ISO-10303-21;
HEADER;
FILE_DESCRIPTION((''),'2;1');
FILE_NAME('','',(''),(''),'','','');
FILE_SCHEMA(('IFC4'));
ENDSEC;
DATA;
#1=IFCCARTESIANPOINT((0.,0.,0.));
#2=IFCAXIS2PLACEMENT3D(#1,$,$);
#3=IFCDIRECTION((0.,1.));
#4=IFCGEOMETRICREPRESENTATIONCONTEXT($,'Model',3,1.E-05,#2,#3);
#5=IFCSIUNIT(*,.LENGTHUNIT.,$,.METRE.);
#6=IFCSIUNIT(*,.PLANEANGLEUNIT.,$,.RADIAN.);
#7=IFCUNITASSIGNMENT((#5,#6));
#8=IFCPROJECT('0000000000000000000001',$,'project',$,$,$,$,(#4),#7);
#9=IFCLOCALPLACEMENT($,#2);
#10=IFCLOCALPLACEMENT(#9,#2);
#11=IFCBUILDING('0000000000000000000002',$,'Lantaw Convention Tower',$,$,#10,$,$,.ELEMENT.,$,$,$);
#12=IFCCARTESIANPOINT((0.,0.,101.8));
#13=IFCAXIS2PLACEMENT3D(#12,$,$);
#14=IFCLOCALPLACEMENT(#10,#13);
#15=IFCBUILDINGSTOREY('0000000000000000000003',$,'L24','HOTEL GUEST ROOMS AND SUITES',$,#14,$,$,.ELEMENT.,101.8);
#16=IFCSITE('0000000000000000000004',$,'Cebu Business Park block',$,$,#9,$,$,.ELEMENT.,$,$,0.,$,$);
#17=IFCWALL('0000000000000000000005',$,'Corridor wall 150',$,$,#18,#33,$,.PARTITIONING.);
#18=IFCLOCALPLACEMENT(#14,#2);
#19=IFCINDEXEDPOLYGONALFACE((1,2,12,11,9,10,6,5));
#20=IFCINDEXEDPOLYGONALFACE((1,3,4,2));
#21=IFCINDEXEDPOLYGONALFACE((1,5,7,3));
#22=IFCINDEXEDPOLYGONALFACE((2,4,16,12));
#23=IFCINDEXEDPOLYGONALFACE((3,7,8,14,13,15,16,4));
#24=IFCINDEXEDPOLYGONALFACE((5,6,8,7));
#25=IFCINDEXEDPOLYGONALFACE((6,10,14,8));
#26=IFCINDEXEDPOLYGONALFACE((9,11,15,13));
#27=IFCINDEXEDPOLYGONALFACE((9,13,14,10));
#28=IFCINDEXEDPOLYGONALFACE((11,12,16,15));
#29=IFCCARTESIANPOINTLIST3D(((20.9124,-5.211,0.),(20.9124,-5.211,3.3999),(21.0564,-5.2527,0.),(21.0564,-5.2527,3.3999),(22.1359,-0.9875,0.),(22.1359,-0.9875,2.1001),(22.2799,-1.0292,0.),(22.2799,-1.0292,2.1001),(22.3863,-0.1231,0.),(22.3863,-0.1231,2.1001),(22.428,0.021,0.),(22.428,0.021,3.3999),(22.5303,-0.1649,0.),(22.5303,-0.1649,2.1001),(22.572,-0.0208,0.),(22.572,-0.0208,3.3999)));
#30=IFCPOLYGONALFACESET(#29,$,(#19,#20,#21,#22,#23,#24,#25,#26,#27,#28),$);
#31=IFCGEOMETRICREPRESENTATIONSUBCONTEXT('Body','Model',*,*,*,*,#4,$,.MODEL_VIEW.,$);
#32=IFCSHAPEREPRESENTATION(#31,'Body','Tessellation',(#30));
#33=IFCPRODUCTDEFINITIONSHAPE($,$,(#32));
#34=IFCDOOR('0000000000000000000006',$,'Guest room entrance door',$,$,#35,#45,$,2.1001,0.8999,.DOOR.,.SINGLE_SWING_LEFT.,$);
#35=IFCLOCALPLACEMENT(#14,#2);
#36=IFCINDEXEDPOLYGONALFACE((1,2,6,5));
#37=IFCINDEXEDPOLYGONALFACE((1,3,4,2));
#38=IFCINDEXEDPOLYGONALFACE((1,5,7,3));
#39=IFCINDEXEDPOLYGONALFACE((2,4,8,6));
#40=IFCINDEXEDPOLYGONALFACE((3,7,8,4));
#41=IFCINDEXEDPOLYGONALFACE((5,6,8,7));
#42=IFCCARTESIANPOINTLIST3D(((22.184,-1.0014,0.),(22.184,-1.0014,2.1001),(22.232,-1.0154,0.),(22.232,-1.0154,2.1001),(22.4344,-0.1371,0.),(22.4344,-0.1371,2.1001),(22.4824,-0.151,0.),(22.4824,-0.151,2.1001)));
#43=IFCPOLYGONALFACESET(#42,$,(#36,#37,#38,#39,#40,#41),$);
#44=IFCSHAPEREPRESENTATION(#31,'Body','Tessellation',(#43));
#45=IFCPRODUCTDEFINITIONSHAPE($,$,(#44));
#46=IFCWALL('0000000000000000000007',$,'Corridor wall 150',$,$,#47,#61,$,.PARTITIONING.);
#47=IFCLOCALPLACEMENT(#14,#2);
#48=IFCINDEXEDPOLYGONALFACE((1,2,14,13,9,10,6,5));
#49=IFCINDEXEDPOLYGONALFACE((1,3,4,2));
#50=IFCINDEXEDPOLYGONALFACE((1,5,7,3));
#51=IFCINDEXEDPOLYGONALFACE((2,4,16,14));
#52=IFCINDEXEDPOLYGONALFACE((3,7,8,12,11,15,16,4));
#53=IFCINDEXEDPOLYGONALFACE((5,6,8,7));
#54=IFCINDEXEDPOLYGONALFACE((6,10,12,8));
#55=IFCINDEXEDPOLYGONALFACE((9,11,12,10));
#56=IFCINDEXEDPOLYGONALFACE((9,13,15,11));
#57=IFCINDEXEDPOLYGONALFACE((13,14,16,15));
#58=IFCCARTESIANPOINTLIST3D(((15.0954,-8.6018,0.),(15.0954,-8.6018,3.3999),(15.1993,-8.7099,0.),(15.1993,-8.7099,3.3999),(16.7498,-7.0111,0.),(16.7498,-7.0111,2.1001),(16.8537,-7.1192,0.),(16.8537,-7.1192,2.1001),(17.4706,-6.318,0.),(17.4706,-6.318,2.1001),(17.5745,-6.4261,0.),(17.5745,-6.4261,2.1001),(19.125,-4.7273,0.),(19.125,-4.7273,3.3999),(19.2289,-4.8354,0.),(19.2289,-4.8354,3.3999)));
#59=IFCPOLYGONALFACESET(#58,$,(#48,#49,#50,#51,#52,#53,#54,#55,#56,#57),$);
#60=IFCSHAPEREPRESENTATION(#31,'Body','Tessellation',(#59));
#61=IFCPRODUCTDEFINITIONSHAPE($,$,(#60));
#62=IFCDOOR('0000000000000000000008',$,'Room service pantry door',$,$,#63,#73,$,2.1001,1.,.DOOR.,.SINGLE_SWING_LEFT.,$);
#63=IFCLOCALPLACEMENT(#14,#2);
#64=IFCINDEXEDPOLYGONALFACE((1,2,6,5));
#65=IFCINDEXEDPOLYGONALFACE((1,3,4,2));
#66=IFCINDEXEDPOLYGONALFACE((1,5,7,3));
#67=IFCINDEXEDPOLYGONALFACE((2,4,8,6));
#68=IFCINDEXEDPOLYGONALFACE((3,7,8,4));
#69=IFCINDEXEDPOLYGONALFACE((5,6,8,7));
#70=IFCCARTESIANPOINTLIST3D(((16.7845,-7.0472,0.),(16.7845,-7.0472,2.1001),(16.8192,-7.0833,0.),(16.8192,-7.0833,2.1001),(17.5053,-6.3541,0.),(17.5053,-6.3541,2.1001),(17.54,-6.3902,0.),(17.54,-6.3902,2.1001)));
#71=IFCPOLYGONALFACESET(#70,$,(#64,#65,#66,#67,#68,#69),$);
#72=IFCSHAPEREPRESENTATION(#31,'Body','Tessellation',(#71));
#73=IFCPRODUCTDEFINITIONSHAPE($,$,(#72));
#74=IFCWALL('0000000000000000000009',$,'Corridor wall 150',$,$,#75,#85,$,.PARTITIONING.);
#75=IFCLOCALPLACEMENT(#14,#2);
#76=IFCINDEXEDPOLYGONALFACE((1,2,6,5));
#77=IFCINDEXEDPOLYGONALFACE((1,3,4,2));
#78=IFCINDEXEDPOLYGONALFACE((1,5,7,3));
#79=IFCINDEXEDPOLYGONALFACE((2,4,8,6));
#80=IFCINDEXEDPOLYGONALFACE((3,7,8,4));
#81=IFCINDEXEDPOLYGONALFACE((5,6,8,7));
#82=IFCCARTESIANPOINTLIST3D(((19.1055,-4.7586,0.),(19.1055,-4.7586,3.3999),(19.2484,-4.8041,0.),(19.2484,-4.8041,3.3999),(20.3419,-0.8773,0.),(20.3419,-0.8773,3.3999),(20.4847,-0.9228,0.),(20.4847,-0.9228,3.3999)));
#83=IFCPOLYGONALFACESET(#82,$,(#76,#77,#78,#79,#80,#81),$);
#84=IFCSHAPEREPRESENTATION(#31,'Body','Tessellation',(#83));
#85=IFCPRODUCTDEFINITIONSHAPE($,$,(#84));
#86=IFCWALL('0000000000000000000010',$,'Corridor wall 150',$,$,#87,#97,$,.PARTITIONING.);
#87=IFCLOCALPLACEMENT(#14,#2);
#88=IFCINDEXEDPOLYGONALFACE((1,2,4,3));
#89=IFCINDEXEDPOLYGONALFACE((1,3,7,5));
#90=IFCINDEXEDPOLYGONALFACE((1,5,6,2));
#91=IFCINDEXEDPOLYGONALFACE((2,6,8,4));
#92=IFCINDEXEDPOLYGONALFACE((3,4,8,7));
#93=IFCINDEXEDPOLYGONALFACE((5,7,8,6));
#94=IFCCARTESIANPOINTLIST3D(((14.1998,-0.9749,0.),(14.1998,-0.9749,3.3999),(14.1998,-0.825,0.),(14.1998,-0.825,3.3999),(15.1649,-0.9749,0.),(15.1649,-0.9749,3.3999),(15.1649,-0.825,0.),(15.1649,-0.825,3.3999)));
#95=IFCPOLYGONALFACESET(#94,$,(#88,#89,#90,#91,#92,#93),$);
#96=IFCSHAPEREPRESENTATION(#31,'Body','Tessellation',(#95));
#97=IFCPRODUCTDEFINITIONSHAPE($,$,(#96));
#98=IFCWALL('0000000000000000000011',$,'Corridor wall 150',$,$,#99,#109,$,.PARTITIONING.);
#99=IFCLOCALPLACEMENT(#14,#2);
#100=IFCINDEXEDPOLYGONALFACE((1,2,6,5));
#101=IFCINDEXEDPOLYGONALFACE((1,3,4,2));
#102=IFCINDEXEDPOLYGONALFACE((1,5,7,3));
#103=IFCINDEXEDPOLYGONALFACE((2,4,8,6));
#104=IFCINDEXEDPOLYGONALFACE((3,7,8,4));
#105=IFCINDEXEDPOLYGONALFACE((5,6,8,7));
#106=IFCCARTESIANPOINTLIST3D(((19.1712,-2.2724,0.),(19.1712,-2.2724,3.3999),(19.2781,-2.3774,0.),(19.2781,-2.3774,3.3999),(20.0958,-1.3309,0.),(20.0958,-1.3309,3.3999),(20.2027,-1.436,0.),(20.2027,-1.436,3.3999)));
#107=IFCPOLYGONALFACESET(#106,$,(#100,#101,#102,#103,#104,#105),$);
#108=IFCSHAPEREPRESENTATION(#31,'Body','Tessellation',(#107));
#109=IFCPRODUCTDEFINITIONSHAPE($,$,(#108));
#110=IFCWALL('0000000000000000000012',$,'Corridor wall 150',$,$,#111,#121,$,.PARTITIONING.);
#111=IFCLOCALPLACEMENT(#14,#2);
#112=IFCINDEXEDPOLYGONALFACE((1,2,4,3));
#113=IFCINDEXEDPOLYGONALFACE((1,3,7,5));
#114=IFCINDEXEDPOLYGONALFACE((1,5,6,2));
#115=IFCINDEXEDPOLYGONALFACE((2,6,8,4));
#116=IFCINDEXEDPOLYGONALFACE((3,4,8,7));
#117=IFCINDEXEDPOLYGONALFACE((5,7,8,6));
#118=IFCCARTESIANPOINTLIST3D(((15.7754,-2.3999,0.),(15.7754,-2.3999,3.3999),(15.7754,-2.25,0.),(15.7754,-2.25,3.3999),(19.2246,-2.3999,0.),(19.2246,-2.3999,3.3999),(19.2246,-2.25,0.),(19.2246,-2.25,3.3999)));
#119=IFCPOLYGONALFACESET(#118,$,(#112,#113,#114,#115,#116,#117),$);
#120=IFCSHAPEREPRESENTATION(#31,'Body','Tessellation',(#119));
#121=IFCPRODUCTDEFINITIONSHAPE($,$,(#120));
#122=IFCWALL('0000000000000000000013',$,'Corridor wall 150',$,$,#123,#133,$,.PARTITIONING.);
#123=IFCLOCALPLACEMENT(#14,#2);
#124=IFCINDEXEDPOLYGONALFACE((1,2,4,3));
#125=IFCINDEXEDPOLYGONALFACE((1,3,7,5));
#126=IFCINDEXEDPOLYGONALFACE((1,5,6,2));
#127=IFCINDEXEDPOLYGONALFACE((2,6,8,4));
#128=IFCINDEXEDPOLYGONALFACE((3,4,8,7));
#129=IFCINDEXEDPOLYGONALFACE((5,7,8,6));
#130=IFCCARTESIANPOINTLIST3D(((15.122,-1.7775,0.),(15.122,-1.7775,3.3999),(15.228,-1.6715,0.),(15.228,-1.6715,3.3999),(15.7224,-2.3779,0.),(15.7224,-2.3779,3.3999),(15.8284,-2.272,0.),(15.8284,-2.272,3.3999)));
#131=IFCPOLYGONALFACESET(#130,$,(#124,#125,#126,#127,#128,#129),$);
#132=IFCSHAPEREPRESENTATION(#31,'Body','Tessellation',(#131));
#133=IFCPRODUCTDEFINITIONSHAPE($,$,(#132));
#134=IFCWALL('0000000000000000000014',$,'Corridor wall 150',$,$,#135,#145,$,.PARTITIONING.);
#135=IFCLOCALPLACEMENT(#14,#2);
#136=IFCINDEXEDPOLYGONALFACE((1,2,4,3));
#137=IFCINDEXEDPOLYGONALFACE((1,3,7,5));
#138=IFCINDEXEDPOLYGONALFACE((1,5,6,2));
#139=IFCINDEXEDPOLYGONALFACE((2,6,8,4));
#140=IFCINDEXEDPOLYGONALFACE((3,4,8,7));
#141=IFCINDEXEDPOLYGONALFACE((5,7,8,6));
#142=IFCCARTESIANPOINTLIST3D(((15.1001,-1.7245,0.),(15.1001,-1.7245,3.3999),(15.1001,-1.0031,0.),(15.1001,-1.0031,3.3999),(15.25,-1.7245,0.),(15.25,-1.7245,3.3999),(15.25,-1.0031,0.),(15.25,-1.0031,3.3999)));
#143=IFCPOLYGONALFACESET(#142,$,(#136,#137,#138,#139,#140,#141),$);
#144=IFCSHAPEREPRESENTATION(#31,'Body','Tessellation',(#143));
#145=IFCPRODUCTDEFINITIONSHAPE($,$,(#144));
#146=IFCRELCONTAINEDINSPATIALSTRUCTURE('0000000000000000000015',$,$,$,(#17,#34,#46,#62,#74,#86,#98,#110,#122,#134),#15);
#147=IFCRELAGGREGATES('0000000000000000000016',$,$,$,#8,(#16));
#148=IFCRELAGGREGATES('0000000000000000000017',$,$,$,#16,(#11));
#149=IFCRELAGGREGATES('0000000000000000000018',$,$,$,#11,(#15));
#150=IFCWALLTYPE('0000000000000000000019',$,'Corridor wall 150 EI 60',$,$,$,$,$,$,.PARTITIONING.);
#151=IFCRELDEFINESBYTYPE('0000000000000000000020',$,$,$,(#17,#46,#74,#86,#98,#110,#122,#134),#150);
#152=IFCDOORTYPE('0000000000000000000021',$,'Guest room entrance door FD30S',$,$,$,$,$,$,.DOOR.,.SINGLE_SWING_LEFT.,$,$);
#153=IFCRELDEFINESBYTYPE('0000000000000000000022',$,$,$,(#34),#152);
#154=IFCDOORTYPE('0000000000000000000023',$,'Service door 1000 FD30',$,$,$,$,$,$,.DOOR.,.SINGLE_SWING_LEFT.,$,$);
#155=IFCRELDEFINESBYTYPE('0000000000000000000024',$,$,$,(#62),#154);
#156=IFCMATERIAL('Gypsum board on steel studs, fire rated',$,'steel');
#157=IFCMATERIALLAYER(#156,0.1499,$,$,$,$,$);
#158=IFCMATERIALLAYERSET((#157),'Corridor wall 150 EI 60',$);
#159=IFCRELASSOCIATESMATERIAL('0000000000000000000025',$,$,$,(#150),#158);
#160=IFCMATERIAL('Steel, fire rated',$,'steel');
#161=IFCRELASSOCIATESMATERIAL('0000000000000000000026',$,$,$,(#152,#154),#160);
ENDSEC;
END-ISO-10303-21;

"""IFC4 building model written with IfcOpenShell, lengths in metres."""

from ifc_helpers import new_model, si_unit, direction, frame, frame_2d, origin, place, context, subcontext, project, spatial, rectangle, extrude, material, layer, layer_set, type_object, element, fill, save


model = new_model("IFC4")

# Units and contexts
model_context = context("Model", 3, precision=1e-05, world=origin(), true_north=direction((0.0, 1.0)))
body_context = subcontext(model_context, "Body", "Model", "MODEL_VIEW")
ifc_project = project(units=[si_unit("LENGTHUNIT", "METRE"), si_unit("PLANEANGLEUNIT", "RADIAN")], contexts=[model_context])

# Site, building, storey
site_placement = place(None, origin())
site = spatial("IfcSite", under=ifc_project, at=site_placement, Name="Cebu Business Park block", CompositionType="ELEMENT", RefElevation=0.0)
building_placement = place(site_placement, origin())
building = spatial("IfcBuilding", under=site, at=building_placement, Name="Lantaw Convention Tower", CompositionType="ELEMENT")
storey_placement = place(building_placement, frame((0.0, 0.0, 101.8)))
storey = spatial("IfcBuildingStorey", under=building, at=storey_placement, Name="L24", Description="HOTEL GUEST ROOMS AND SUITES", CompositionType="ELEMENT", Elevation=101.8)

# Walls, openings, doors
ifc_material_1 = material(Name="Gypsum board on steel studs, fire rated", Category="steel")
ifc_layer_1 = layer(ifc_material_1, 0.1499)
ifc_layer_set_1 = layer_set([ifc_layer_1], Name="Corridor wall 150 EI 60")
wall_type_1 = type_object("IfcWallType", Name="Corridor wall 150 EI 60", PredefinedType="PARTITIONING", material=ifc_layer_set_1)
wall_1_placement = place(storey_placement, frame((20.9844, -5.2319, 0.0), z_axis=(0.0, 0.0, 1.0), x_axis=(0.278247, 0.960509, 0.0)))
wall_1 = element("IfcWall", 1, at=wall_1_placement, inside=storey, type_object=wall_type_1, Name="Corridor wall 150", PredefinedType="PARTITIONING", context=body_context, shape_type="SweptSolid", body=[
    extrude(rectangle(XDim=5.447, YDim=0.1499, at=frame_2d((2.7236, 0.0))), origin(), (0.0, 0.0, 1.0), 3.3999),
])
opening_1_placement = place(wall_1_placement, frame((4.3972, 0.0, 0.0)))
opening_1 = element("IfcOpeningElement", 2, at=opening_1_placement, cuts=wall_1, PredefinedType="OPENING", context=body_context, shape_type="SweptSolid", body=[
    extrude(rectangle(XDim=0.8999, YDim=2.1001, at=frame_2d((0.45, 1.05))), frame((0.0, 0.085, 0.0), z_axis=(0.0, -1.0, 0.0), x_axis=(1.0, 0.0, 0.0)), (0.0, 0.0, 1.0), 0.1699),
])
ifc_material_2 = material(Name="Steel, fire rated", Category="steel")
door_type_1 = type_object("IfcDoorType", Name="Guest room entrance door FD30S", OperationType="SINGLE_SWING_LEFT", PredefinedType="DOOR", material=ifc_material_2)
door_1_placement = place(opening_1_placement, origin())
door_1 = element("IfcDoor", 3, at=door_1_placement, inside=storey, type_object=door_type_1, Name="Guest room entrance door", OperationType="SINGLE_SWING_LEFT", OverallHeight=2.1001, OverallWidth=0.8999, PredefinedType="DOOR", context=body_context, shape_type="SweptSolid", body=[
    extrude(rectangle(XDim=0.8999, YDim=2.1001, at=frame_2d((0.45, 1.05))), frame((0.0, 0.0249, 0.0), z_axis=(0.0, -1.0, 0.0), x_axis=(1.0, 0.0, 0.0)), (0.0, 0.0, 1.0), 0.05),
])
fill(opening_1, door_1)
wall_2_placement = place(storey_placement, frame((15.1475, -8.6558, 0.0), z_axis=(0.0, 0.0, 1.0), x_axis=(0.720837, 0.693104, 0.0)))
wall_2 = element("IfcWall", 4, at=wall_2_placement, inside=storey, type_object=wall_type_1, Name="Corridor wall 150", PredefinedType="PARTITIONING", context=body_context, shape_type="SweptSolid", body=[
    extrude(rectangle(XDim=5.5901, YDim=0.1499, at=frame_2d((2.7949, 0.0))), origin(), (0.0, 0.0, 1.0), 3.3999),
])
opening_2_placement = place(wall_2_placement, frame((2.2949, 0.0, 0.0)))
opening_2 = element("IfcOpeningElement", 5, at=opening_2_placement, cuts=wall_2, PredefinedType="OPENING", context=body_context, shape_type="SweptSolid", body=[
    extrude(rectangle(XDim=1.0, YDim=2.1001, at=frame_2d((0.5, 1.05))), frame((0.0, 0.085, 0.0), z_axis=(0.0, -1.0, 0.0), x_axis=(1.0, 0.0, 0.0)), (0.0, 0.0, 1.0), 0.1699),
])
door_type_2 = type_object("IfcDoorType", Name="Service door 1000 FD30", OperationType="SINGLE_SWING_LEFT", PredefinedType="DOOR", material=ifc_material_2)
door_2_placement = place(opening_2_placement, origin())
door_2 = element("IfcDoor", 6, at=door_2_placement, inside=storey, type_object=door_type_2, Name="Room service pantry door", OperationType="SINGLE_SWING_LEFT", OverallHeight=2.1001, OverallWidth=1.0, PredefinedType="DOOR", context=body_context, shape_type="SweptSolid", body=[
    extrude(rectangle(XDim=1.0, YDim=2.1001, at=frame_2d((0.5, 1.05))), frame((0.0, 0.0249, 0.0), z_axis=(0.0, -1.0, 0.0), x_axis=(1.0, 0.0, 0.0)), (0.0, 0.0, 1.0), 0.05),
])
fill(opening_2, door_2)

# Walls
wall_3_placement = place(storey_placement, frame((19.177, -4.7812, 0.0), z_axis=(0.0, 0.0, 1.0), x_axis=(0.303505, 0.95283, 0.0)))
element("IfcWall", 7, at=wall_3_placement, inside=storey, type_object=wall_type_1, Name="Corridor wall 150", PredefinedType="PARTITIONING", context=body_context, shape_type="SweptSolid", body=[
    extrude(rectangle(XDim=4.0735, YDim=0.1499, at=frame_2d((2.0366, 0.0))), origin(), (0.0, 0.0, 1.0), 3.3999),
])
wall_4_placement = place(storey_placement, frame((14.2, -0.8999, 0.0), z_axis=(0.0, 0.0, 1.0), x_axis=(1.0, 0.0, 0.0)))
element("IfcWall", 8, at=wall_4_placement, inside=storey, type_object=wall_type_1, Name="Corridor wall 150", PredefinedType="PARTITIONING", context=body_context, shape_type="SweptSolid", body=[
    extrude(rectangle(XDim=0.9651, YDim=0.1499, at=frame_2d((0.4824, 0.0))), origin(), (0.0, 0.0, 1.0), 3.3999),
])
wall_5_placement = place(storey_placement, frame((20.1492, -1.3835, 0.0), z_axis=(0.0, 0.0, 1.0), x_axis=(-0.700695, -0.713461, 0.0)))
element("IfcWall", 9, at=wall_5_placement, inside=storey, type_object=wall_type_1, Name="Corridor wall 150", PredefinedType="PARTITIONING", context=body_context, shape_type="SweptSolid", body=[
    extrude(rectangle(XDim=1.3196, YDim=0.1499, at=frame_2d((0.6597, 0.0))), origin(), (0.0, 0.0, 1.0), 3.3999),
])
wall_6_placement = place(storey_placement, frame((19.2246, -2.325, 0.0), z_axis=(0.0, 0.0, 1.0), x_axis=(-1.0, 0.0, 0.0)))
element("IfcWall", 10, at=wall_6_placement, inside=storey, type_object=wall_type_1, Name="Corridor wall 150", PredefinedType="PARTITIONING", context=body_context, shape_type="SweptSolid", body=[
    extrude(rectangle(XDim=3.4492, YDim=0.1499, at=frame_2d((1.7246, 0.0))), origin(), (0.0, 0.0, 1.0), 3.3999),
])
wall_7_placement = place(storey_placement, frame((15.7754, -2.325, 0.0), z_axis=(0.0, 0.0, 1.0), x_axis=(-0.707107, 0.707107, 0.0)))
element("IfcWall", 11, at=wall_7_placement, inside=storey, type_object=wall_type_1, Name="Corridor wall 150", PredefinedType="PARTITIONING", context=body_context, shape_type="SweptSolid", body=[
    extrude(rectangle(XDim=0.8491, YDim=0.1499, at=frame_2d((0.4246, 0.0))), origin(), (0.0, 0.0, 1.0), 3.3999),
])
wall_8_placement = place(storey_placement, frame((15.175, -1.7246, 0.0), z_axis=(0.0, 0.0, 1.0), x_axis=(0.0, 1.0, 0.0)))
element("IfcWall", 12, at=wall_8_placement, inside=storey, type_object=wall_type_1, Name="Corridor wall 150", PredefinedType="PARTITIONING", context=body_context, shape_type="SweptSolid", body=[
    extrude(rectangle(XDim=0.7214, YDim=0.1499, at=frame_2d((0.3608, 0.0))), origin(), (0.0, 0.0, 1.0), 3.3999),
])

save(model, "model.ifc")
